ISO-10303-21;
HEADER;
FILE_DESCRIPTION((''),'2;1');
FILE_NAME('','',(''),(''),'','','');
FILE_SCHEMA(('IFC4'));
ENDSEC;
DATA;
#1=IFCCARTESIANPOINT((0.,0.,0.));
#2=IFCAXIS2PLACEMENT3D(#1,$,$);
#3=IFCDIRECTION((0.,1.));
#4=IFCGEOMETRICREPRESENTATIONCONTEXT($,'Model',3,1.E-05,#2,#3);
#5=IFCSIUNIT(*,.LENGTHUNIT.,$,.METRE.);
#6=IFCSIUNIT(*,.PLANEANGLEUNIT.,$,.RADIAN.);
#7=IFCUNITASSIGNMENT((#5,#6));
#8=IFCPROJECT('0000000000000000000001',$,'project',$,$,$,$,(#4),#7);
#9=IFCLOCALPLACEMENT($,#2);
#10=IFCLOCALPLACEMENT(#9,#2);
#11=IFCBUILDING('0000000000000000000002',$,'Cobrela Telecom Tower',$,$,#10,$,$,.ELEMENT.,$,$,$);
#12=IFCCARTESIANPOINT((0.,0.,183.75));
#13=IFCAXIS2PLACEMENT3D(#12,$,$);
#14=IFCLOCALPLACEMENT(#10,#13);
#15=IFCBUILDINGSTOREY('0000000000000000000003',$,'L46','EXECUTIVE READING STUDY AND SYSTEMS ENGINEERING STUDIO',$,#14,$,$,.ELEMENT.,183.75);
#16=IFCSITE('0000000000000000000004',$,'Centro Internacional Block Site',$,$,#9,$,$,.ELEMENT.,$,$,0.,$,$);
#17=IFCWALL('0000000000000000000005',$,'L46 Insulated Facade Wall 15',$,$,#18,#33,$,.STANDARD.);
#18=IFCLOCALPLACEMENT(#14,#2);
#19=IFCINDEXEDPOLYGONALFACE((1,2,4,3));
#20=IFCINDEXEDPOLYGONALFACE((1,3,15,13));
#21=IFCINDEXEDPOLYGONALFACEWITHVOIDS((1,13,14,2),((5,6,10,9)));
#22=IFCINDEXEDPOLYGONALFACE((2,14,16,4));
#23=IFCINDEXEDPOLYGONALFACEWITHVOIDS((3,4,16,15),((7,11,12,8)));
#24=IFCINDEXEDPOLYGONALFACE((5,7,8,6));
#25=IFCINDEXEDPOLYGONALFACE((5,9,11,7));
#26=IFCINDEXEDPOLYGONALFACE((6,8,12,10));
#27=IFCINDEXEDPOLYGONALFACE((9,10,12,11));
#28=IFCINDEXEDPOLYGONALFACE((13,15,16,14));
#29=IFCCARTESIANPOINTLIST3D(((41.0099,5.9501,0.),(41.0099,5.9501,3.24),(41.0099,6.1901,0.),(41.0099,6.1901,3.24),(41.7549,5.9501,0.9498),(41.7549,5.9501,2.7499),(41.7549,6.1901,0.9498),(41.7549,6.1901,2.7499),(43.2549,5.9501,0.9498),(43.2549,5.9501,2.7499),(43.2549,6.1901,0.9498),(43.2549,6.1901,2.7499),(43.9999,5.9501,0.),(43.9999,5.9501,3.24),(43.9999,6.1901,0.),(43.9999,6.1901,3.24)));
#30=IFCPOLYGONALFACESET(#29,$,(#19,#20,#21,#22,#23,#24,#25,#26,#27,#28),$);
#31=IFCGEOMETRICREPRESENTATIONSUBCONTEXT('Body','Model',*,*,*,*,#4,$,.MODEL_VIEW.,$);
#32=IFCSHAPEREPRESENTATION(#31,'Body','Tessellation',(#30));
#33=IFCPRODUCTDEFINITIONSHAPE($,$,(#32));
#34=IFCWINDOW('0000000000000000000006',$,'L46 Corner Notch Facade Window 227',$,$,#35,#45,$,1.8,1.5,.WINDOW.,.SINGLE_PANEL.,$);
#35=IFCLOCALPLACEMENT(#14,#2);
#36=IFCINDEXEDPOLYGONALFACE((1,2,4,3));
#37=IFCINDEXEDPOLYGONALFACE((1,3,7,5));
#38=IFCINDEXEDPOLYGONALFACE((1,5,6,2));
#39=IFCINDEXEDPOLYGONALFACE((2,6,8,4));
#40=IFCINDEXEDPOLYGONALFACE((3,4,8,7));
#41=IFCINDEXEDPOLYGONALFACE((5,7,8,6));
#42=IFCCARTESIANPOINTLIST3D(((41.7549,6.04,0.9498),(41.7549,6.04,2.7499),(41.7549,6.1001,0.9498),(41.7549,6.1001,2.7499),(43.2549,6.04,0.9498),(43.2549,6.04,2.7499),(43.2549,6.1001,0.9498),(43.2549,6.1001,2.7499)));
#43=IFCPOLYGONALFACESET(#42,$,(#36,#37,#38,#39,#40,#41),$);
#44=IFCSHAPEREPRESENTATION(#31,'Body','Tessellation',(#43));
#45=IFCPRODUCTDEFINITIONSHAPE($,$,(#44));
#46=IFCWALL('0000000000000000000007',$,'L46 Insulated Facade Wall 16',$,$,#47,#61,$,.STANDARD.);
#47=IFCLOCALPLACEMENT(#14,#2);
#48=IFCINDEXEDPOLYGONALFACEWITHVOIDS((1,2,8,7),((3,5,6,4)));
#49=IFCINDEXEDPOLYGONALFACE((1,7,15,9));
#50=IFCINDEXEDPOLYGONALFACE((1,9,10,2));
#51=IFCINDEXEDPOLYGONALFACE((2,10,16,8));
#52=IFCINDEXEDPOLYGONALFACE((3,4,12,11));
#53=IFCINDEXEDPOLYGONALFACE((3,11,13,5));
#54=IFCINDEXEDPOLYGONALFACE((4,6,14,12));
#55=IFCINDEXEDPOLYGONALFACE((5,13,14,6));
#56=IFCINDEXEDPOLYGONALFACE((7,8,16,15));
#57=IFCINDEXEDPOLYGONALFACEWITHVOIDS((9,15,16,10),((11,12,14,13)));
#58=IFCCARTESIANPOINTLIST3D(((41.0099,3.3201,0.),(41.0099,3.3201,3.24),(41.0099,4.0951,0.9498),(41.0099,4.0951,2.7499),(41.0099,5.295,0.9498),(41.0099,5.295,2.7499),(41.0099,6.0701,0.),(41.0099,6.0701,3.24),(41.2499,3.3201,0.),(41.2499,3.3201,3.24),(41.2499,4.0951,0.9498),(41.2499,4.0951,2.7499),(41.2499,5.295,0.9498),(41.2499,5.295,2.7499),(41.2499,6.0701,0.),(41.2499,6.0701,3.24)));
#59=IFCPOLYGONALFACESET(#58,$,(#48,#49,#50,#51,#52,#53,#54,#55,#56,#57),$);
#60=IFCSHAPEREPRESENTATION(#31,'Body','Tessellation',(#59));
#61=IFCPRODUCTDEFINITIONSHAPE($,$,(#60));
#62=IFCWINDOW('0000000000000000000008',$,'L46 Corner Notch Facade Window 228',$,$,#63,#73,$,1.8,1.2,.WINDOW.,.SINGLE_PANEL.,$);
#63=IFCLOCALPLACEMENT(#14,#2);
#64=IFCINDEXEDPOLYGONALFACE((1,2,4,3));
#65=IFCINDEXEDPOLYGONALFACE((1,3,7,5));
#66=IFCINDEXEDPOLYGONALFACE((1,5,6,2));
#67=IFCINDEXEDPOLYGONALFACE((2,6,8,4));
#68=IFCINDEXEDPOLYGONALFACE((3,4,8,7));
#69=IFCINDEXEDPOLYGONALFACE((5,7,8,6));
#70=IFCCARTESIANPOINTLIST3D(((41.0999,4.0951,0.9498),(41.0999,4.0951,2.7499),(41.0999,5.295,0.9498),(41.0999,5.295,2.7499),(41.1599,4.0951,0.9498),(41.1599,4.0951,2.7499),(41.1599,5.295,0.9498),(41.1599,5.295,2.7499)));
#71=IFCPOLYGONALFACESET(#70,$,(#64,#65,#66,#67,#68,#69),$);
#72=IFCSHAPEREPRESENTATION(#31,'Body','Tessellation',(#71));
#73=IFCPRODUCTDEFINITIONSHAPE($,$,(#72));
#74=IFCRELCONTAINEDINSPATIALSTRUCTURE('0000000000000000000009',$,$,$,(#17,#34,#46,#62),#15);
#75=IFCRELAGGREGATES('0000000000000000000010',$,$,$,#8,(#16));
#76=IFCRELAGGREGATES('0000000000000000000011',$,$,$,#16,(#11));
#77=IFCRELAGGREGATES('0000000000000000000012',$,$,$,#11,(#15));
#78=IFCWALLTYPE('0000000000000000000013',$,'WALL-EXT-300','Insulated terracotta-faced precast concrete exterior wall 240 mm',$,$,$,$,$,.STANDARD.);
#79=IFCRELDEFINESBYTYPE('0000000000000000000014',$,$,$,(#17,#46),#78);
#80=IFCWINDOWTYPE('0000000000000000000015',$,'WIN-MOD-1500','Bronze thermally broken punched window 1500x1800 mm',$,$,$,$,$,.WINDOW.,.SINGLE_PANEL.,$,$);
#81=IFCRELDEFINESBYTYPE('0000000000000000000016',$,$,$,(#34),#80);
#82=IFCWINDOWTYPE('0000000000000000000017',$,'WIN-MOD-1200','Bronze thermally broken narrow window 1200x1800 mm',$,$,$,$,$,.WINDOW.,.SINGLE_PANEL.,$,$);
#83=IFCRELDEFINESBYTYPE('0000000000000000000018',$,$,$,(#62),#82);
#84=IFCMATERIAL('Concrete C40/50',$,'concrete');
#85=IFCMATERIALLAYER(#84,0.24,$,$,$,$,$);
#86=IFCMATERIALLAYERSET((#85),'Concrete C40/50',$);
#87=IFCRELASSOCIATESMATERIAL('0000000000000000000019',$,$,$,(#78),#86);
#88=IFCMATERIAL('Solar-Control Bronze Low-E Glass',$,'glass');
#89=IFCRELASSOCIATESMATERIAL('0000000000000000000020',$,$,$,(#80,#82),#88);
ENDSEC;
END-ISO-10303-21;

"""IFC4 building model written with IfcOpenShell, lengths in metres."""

from ifc_helpers import new_model, si_unit, direction, frame, frame_2d, origin, place, context, subcontext, project, spatial, rectangle, extrude, material, layer, layer_set, type_object, element, fill, save


model = new_model("IFC4")

# Units and contexts
model_context = context("Model", 3, precision=1e-05, world=origin(), true_north=direction((0.0, 1.0)))
body_context = subcontext(model_context, "Body", "Model", "MODEL_VIEW")
ifc_project = project(units=[si_unit("LENGTHUNIT", "METRE"), si_unit("PLANEANGLEUNIT", "RADIAN")], contexts=[model_context])

# Site, building, storey
site_placement = place(None, origin())
site = spatial("IfcSite", under=ifc_project, at=site_placement, Name="Centro Internacional Block Site", CompositionType="ELEMENT", RefElevation=0.0)
building_placement = place(site_placement, origin())
building = spatial("IfcBuilding", under=site, at=building_placement, Name="Cobrela Telecom Tower", CompositionType="ELEMENT")
storey_placement = place(building_placement, frame((0.0, 0.0, 183.75)))
storey = spatial("IfcBuildingStorey", under=building, at=storey_placement, Name="L46", Description="EXECUTIVE READING STUDY AND SYSTEMS ENGINEERING STUDIO", CompositionType="ELEMENT", Elevation=183.75)

# Shared definitions
ifc_material_1 = material(Name="Solar-Control Bronze Low-E Glass", Category="glass")

# Walls, openings, windows
ifc_material_2 = material(Name="Concrete C40/50", Category="concrete")
ifc_layer_1 = layer(ifc_material_2, 0.24)
ifc_layer_set_1 = layer_set([ifc_layer_1], Name="Concrete C40/50")
wall_type = type_object("IfcWallType", Name="WALL-EXT-300", Description="Insulated terracotta-faced precast concrete exterior wall 240 mm", PredefinedType="STANDARD", material=ifc_layer_set_1)
wall_1_placement = place(storey_placement, frame((44.0, 6.0701, 0.0), z_axis=(0.0, 0.0, 1.0), x_axis=(-1.0, 0.0, 0.0)))
wall_1 = element("IfcWall", 1, at=wall_1_placement, inside=storey, type_object=wall_type, Name="L46 Insulated Facade Wall 15", PredefinedType="STANDARD", context=body_context, shape_type="SweptSolid", body=[
    extrude(rectangle(XDim=2.99, YDim=0.24, at=frame_2d((1.4951, 0.0))), origin(), (0.0, 0.0, 1.0), 3.24),
])
opening_1_placement = place(wall_1_placement, frame((0.7451, 0.0, 0.95)))
opening_1 = element("IfcOpeningElement", 2, at=opening_1_placement, cuts=wall_1, PredefinedType="OPENING", context=body_context, shape_type="SweptSolid", body=[
    extrude(rectangle(XDim=1.5, YDim=1.8, at=frame_2d((0.75, 0.8999))), frame((0.0, 0.1318, 0.0), z_axis=(0.0, -1.0, 0.0), x_axis=(1.0, 0.0, 0.0)), (0.0, 0.0, 1.0), 0.2639),
])
window_type_1 = type_object("IfcWindowType", Name="WIN-MOD-1500", Description="Bronze thermally broken punched window 1500x1800 mm", PartitioningType="SINGLE_PANEL", PredefinedType="WINDOW", material=ifc_material_1)
window_1_placement = place(opening_1_placement, origin())
window_1 = element("IfcWindow", 3, at=window_1_placement, inside=storey, type_object=window_type_1, Name="L46 Corner Notch Facade Window 227", OverallHeight=1.8, OverallWidth=1.5, PartitioningType="SINGLE_PANEL", PredefinedType="WINDOW", context=body_context, shape_type="SweptSolid", body=[
    extrude(rectangle(XDim=1.5, YDim=1.8, at=frame_2d((0.75, 0.8999))), frame((0.0, 0.03, 0.0), z_axis=(0.0, -1.0, 0.0), x_axis=(1.0, 0.0, 0.0)), (0.0, 0.0, 1.0), 0.0601),
])
fill(opening_1, window_1)
wall_2_placement = place(storey_placement, frame((41.1299, 6.0701, 0.0), z_axis=(0.0, 0.0, 1.0), x_axis=(0.0, -1.0, 0.0)))
wall_2 = element("IfcWall", 4, at=wall_2_placement, inside=storey, type_object=wall_type, Name="L46 Insulated Facade Wall 16", PredefinedType="STANDARD", context=body_context, shape_type="SweptSolid", body=[
    extrude(rectangle(XDim=2.75, YDim=0.24, at=frame_2d((1.375, 0.0))), origin(), (0.0, 0.0, 1.0), 3.24),
])
opening_2_placement = place(wall_2_placement, frame((0.7749, 0.0, 0.95)))
opening_2 = element("IfcOpeningElement", 5, at=opening_2_placement, cuts=wall_2, PredefinedType="OPENING", context=body_context, shape_type="SweptSolid", body=[
    extrude(rectangle(XDim=1.2, YDim=1.8, at=frame_2d((0.6001, 0.8999))), frame((0.0, 0.1318, 0.0), z_axis=(0.0, -1.0, 0.0), x_axis=(1.0, 0.0, 0.0)), (0.0, 0.0, 1.0), 0.2639),
])
window_type_2 = type_object("IfcWindowType", Name="WIN-MOD-1200", Description="Bronze thermally broken narrow window 1200x1800 mm", PartitioningType="SINGLE_PANEL", PredefinedType="WINDOW", material=ifc_material_1)
window_2_placement = place(opening_2_placement, origin())
window_2 = element("IfcWindow", 6, at=window_2_placement, inside=storey, type_object=window_type_2, Name="L46 Corner Notch Facade Window 228", OverallHeight=1.8, OverallWidth=1.2, PartitioningType="SINGLE_PANEL", PredefinedType="WINDOW", context=body_context, shape_type="SweptSolid", body=[
    extrude(rectangle(XDim=1.2, YDim=1.8, at=frame_2d((0.6001, 0.8999))), frame((0.0, 0.03, 0.0), z_axis=(0.0, -1.0, 0.0), x_axis=(1.0, 0.0, 0.0)), (0.0, 0.0, 1.0), 0.0601),
])
fill(opening_2, window_2)

save(model, "model.ifc")
